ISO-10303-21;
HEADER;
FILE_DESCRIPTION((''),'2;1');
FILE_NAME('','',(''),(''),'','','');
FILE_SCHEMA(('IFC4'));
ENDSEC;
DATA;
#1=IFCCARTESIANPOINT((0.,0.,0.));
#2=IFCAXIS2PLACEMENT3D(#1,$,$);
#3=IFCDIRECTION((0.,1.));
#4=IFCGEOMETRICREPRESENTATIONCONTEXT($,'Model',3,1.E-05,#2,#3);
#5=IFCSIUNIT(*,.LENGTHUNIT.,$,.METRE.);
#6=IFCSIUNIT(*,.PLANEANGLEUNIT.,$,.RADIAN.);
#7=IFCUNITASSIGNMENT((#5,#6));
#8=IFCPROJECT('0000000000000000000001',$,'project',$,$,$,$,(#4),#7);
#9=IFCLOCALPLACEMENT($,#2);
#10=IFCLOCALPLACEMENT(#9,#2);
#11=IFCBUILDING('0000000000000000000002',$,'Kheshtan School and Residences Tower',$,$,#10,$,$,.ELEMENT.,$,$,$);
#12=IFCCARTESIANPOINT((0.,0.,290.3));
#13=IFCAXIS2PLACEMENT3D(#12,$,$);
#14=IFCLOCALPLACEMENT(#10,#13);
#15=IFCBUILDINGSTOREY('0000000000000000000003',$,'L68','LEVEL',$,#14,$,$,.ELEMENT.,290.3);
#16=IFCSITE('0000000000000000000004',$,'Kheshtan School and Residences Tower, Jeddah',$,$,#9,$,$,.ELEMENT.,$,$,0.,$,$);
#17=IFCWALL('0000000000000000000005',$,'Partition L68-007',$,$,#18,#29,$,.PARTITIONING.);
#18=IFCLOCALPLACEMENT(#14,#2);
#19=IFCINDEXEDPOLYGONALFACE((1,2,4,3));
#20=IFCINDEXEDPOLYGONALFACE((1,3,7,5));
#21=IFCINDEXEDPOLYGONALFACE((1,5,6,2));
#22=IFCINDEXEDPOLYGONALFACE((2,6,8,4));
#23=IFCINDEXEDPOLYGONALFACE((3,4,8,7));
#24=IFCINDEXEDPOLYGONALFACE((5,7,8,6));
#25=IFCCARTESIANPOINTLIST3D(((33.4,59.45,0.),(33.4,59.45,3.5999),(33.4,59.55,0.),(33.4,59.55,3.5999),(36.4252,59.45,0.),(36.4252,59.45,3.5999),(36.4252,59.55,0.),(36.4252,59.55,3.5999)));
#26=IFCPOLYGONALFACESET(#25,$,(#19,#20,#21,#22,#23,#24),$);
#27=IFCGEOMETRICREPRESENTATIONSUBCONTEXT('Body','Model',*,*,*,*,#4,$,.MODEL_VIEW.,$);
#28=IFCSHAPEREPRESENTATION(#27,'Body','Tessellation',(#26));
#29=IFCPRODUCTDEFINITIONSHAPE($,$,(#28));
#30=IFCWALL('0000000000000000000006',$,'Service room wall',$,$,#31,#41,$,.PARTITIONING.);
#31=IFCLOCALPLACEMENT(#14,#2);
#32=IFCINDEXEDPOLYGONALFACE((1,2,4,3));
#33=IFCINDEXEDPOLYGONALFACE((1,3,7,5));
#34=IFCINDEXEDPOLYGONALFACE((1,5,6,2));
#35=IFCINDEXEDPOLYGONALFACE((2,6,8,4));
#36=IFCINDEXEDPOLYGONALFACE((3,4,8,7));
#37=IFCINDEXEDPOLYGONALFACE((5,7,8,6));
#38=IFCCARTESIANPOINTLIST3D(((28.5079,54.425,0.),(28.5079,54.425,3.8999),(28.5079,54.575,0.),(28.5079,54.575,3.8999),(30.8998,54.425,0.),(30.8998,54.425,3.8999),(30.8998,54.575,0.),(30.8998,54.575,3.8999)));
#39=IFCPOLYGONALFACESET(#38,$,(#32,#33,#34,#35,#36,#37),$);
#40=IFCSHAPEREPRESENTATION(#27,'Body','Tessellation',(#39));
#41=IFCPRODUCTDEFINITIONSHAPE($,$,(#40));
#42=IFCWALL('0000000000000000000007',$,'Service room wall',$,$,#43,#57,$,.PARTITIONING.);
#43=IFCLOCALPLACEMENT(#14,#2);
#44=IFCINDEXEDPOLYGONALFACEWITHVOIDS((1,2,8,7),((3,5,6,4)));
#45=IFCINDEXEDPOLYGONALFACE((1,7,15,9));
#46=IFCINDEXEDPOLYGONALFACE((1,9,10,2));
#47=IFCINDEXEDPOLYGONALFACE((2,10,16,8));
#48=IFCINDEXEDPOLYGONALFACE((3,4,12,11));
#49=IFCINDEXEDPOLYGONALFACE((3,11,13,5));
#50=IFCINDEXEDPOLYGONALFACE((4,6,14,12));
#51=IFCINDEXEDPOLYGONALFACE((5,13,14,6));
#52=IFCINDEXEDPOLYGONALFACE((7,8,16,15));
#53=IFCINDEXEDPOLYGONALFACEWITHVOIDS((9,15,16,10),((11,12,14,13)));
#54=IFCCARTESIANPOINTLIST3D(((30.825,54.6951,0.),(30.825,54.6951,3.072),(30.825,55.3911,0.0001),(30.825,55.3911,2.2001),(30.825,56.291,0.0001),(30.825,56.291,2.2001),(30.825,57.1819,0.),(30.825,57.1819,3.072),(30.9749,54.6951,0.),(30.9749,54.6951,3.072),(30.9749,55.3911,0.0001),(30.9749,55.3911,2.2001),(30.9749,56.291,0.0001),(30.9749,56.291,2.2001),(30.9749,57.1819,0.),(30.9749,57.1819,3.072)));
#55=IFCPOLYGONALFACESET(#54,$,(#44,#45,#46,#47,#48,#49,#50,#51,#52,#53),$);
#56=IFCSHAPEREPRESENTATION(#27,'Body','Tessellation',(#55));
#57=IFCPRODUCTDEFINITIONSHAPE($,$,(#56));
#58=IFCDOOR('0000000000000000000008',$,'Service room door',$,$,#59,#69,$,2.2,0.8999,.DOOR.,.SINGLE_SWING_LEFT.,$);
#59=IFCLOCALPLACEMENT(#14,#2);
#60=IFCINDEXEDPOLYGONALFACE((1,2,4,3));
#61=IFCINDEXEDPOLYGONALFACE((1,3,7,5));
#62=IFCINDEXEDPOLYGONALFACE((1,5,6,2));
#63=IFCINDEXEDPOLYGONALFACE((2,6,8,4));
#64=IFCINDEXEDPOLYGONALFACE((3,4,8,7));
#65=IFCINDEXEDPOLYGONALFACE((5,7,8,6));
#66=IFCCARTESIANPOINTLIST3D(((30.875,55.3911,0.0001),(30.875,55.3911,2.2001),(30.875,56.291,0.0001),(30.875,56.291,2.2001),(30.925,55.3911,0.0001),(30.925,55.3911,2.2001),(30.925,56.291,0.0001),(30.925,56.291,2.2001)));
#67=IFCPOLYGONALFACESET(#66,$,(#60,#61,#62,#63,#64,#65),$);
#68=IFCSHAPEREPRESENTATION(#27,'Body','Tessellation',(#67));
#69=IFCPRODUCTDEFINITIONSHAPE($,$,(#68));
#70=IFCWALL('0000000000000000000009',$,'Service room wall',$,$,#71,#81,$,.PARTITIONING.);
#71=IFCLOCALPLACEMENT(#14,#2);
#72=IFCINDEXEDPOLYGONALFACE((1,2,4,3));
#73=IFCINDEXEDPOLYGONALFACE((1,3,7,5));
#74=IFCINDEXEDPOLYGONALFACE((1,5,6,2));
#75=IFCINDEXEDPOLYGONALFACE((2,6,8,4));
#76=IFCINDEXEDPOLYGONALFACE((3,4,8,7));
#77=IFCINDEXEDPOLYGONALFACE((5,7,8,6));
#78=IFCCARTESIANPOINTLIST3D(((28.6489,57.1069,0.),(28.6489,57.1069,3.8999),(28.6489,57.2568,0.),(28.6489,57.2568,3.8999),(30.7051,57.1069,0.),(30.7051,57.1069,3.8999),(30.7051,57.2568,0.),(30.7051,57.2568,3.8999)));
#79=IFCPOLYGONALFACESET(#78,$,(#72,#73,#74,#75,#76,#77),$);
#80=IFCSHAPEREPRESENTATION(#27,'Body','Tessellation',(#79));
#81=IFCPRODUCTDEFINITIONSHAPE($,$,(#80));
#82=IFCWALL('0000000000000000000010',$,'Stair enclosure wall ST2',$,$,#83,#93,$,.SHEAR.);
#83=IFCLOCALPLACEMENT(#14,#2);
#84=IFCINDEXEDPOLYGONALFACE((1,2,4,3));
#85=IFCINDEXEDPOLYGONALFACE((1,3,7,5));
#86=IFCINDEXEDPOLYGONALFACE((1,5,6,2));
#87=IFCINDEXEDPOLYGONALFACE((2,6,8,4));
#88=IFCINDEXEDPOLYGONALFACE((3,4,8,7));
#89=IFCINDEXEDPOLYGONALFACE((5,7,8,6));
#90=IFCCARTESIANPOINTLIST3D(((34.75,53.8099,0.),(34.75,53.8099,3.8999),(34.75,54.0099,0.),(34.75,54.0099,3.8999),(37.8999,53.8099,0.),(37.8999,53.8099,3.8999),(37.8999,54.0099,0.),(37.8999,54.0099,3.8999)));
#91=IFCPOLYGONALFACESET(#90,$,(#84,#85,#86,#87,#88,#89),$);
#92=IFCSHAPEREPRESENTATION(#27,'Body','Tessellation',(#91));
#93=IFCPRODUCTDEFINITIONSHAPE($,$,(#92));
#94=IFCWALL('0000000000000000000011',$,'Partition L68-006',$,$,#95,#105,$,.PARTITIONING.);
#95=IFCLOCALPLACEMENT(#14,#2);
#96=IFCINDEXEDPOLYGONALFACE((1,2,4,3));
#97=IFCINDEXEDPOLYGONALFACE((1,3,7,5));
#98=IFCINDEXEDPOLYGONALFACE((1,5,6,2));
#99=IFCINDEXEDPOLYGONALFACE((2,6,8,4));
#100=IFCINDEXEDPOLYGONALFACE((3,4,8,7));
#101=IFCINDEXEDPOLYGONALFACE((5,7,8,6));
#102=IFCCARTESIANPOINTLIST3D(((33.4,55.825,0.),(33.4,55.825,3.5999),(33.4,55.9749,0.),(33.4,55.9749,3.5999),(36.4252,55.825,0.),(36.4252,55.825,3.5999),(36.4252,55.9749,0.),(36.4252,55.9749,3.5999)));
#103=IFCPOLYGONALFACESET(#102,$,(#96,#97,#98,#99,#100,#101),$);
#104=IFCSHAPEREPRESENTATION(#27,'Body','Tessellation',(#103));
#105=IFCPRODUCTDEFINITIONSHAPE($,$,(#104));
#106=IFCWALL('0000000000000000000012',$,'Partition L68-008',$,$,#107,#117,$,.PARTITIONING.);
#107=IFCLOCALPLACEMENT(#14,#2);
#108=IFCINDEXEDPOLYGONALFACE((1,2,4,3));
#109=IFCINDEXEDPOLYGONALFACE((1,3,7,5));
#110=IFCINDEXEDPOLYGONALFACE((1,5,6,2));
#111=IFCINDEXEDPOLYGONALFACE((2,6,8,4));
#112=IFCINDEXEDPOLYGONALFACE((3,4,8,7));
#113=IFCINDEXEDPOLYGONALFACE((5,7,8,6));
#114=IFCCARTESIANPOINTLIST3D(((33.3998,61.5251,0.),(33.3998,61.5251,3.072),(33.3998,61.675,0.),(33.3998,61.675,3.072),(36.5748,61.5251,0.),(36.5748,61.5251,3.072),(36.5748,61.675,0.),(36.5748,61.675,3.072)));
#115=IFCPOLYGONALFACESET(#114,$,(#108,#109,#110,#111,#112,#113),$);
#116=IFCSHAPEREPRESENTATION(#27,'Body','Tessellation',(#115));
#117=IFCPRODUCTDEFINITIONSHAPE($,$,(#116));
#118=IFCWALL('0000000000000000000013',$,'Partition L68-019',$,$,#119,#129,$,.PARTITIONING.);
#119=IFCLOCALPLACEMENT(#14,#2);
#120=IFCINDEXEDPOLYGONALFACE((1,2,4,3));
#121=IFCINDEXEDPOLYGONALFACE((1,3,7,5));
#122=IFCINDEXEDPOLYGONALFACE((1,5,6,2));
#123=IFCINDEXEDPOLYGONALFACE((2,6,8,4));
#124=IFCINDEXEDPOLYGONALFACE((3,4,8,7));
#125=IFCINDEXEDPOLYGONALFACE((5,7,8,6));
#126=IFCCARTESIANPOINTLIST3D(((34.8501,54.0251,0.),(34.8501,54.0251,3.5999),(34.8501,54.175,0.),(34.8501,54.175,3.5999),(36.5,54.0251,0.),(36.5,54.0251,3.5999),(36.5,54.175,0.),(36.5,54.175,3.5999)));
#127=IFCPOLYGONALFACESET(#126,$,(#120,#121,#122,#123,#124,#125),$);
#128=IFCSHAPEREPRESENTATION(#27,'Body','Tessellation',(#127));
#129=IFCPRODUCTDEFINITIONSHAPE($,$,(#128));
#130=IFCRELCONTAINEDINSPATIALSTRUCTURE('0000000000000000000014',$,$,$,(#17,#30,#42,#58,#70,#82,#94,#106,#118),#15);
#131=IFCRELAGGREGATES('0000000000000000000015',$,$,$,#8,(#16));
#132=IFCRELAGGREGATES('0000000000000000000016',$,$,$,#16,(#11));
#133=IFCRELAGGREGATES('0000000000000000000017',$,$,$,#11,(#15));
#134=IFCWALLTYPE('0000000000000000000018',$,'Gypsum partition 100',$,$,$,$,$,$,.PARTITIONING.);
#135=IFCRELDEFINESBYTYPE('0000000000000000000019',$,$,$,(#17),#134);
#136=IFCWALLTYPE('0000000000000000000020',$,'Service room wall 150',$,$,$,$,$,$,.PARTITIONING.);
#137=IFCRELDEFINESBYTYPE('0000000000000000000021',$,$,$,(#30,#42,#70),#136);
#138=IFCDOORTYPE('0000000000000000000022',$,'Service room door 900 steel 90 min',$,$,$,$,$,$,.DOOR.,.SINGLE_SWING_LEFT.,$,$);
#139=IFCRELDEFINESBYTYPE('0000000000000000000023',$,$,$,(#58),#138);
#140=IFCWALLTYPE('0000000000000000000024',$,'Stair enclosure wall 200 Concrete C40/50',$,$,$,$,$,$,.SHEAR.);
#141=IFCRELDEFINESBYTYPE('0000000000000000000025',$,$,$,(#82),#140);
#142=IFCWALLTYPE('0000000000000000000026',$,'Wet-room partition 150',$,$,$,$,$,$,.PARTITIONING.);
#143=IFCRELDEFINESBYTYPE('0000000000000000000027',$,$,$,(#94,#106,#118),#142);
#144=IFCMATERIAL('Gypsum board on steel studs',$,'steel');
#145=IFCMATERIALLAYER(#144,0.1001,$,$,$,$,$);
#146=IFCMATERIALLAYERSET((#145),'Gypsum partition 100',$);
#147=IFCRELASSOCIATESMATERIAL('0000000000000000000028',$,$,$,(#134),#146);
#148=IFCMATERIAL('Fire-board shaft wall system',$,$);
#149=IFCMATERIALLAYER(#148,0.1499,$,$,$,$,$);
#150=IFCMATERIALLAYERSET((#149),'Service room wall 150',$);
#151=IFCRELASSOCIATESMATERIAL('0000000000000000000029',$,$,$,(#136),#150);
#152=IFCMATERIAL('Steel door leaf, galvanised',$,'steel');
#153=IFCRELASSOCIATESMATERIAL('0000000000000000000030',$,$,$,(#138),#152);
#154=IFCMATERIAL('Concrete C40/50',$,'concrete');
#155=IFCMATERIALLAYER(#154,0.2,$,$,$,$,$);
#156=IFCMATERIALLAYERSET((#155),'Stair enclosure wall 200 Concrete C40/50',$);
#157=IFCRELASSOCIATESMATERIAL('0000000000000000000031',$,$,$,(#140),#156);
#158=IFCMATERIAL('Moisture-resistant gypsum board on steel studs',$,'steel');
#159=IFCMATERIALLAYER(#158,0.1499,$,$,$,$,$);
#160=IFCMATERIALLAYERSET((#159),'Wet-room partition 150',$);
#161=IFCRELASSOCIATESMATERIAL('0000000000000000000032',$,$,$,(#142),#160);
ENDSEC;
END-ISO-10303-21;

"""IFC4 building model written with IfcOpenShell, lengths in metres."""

from ifc_helpers import new_model, si_unit, direction, frame, frame_2d, origin, place, context, subcontext, project, spatial, rectangle, extrude, source, transform, mapped, material, layer, layer_set, type_object, element, fill, save


model = new_model("IFC4")

# Units and contexts
model_context = context("Model", 3, precision=1e-05, world=origin(), true_north=direction((0.0, 1.0)))
body_context = subcontext(model_context, "Body", "Model", "MODEL_VIEW")
ifc_project = project(units=[si_unit("LENGTHUNIT", "METRE"), si_unit("PLANEANGLEUNIT", "RADIAN")], contexts=[model_context])

# Site, building, storey
site_placement = place(None, origin())
site = spatial("IfcSite", under=ifc_project, at=site_placement, Name="Kheshtan School and Residences Tower, Jeddah", CompositionType="ELEMENT", RefElevation=0.0)
building_placement = place(site_placement, origin())
building = spatial("IfcBuilding", under=site, at=building_placement, Name="Kheshtan School and Residences Tower", CompositionType="ELEMENT")
storey_placement = place(building_placement, frame((0.0, 0.0, 290.3)))
storey = spatial("IfcBuildingStorey", under=building, at=storey_placement, Name="L68", Description="LEVEL", CompositionType="ELEMENT", Elevation=290.3)

# Walls
ifc_material_1 = material(Name="Gypsum board on steel studs", Category="steel")
ifc_layer_1 = layer(ifc_material_1, 0.1001)
ifc_layer_set_1 = layer_set([ifc_layer_1], Name="Gypsum partition 100")
wall_type_1 = type_object("IfcWallType", Name="Gypsum partition 100", PredefinedType="PARTITIONING", material=ifc_layer_set_1)
wall_1_placement = place(storey_placement, frame((33.3999, 59.5, 0.0), z_axis=(0.0, 0.0, 1.0), x_axis=(1.0, 0.0, 0.0)))
element("IfcWall", 1, at=wall_1_placement, inside=storey, type_object=wall_type_1, Name="Partition L68-007", PredefinedType="PARTITIONING", context=body_context, shape_type="SweptSolid", body=[
    extrude(rectangle(XDim=3.0251, YDim=0.1001, at=frame_2d((1.5127, 0.0))), origin(), (0.0, 0.0, 1.0), 3.5999),
])
ifc_material_2 = material(Name="Fire-board shaft wall system")
ifc_layer_2 = layer(ifc_material_2, 0.1499)
ifc_layer_set_2 = layer_set([ifc_layer_2], Name="Service room wall 150")
wall_type_2 = type_object("IfcWallType", Name="Service room wall 150", PredefinedType="PARTITIONING", material=ifc_layer_set_2)
wall_2_placement = place(storey_placement, frame((28.5081, 54.5, 0.0), z_axis=(0.0, 0.0, 1.0), x_axis=(1.0, 0.0, 0.0)))
element("IfcWall", 2, at=wall_2_placement, inside=storey, type_object=wall_type_2, Name="Service room wall", PredefinedType="PARTITIONING", context=body_context, shape_type="SweptSolid", body=[
    extrude(rectangle(XDim=2.3918, YDim=0.1499, at=frame_2d((1.1958, 0.0))), origin(), (0.0, 0.0, 1.0), 3.8999),
])

# Wall, opening, door
wall_3_placement = place(storey_placement, frame((30.8999, 54.6951, 0.0), z_axis=(0.0, 0.0, 1.0), x_axis=(0.0, 1.0, 0.0)))
wall_3 = element("IfcWall", 3, at=wall_3_placement, inside=storey, type_object=wall_type_2, Name="Service room wall", PredefinedType="PARTITIONING", context=body_context, shape_type="SweptSolid", body=[
    extrude(rectangle(XDim=2.4868, YDim=0.1499, at=frame_2d((1.2434, 0.0))), origin(), (0.0, 0.0, 1.0), 3.072),
])
opening_1_placement = place(wall_3_placement, frame((0.696, 0.0, 0.0)))
opening_1 = element("IfcOpeningElement", 4, at=opening_1_placement, cuts=wall_3, PredefinedType="OPENING", context=body_context, shape_type="SweptSolid", body=[
    extrude(rectangle(XDim=0.8999, YDim=2.2, at=frame_2d((0.45, 1.1001))), frame((0.0, 0.085, 0.0), z_axis=(0.0, -1.0, 0.0), x_axis=(1.0, 0.0, 0.0)), (0.0, 0.0, 1.0), 0.1699),
])
ifc_material_3 = material(Name="Steel door leaf, galvanised", Category="steel")
door_type_1 = type_object("IfcDoorType", Name="Service room door 900 steel 90 min", OperationType="SINGLE_SWING_LEFT", PredefinedType="DOOR", material=ifc_material_3)
shared_shape_1 = source(origin(), body_context, "Body", "SweptSolid", [
    extrude(rectangle(XDim=0.8999, YDim=2.2, at=frame_2d((0.45, 1.1001))), frame((0.0, 0.0249, 0.0), z_axis=(0.0, -1.0, 0.0), x_axis=(1.0, 0.0, 0.0)), (0.0, 0.0, 1.0), 0.05),
])
door_1_placement = place(opening_1_placement, origin())
door_1 = element("IfcDoor", 5, at=door_1_placement, inside=storey, type_object=door_type_1, Name="Service room door", OperationType="SINGLE_SWING_LEFT", OverallHeight=2.2, OverallWidth=0.8999, PredefinedType="DOOR", context=body_context, shape_type="MappedRepresentation", body=[
    mapped(shared_shape_1, transform((0.0, 0.0, 0.0), x_axis=(1.0, 0.0, 0.0), y_axis=(0.0, 1.0, 0.0), z_axis=(0.0, 0.0, 1.0), scale=1.0)),
])
fill(opening_1, door_1)

# Walls
wall_4_placement = place(storey_placement, frame((28.6489, 57.1819, 0.0), z_axis=(0.0, 0.0, 1.0), x_axis=(1.0, 0.0, 0.0)))
element("IfcWall", 6, at=wall_4_placement, inside=storey, type_object=wall_type_2, Name="Service room wall", PredefinedType="PARTITIONING", context=body_context, shape_type="SweptSolid", body=[
    extrude(rectangle(XDim=2.0562, YDim=0.1499, at=frame_2d((1.0281, 0.0))), origin(), (0.0, 0.0, 1.0), 3.8999),
])
ifc_material_4 = material(Name="Concrete C40/50", Category="concrete")
ifc_layer_3 = layer(ifc_material_4, 0.2)
ifc_layer_set_3 = layer_set([ifc_layer_3], Name="Stair enclosure wall 200 Concrete C40/50")
wall_type_3 = type_object("IfcWallType", Name="Stair enclosure wall 200 Concrete C40/50", PredefinedType="SHEAR", material=ifc_layer_set_3)
wall_5_placement = place(storey_placement, frame((34.75, 53.9099, 0.0), z_axis=(0.0, 0.0, 1.0), x_axis=(1.0, 0.0, 0.0)))
element("IfcWall", 7, at=wall_5_placement, inside=storey, type_object=wall_type_3, Name="Stair enclosure wall ST2", PredefinedType="SHEAR", context=body_context, shape_type="SweptSolid", body=[
    extrude(rectangle(XDim=3.1499, YDim=0.2, at=frame_2d((1.575, 0.0))), origin(), (0.0, 0.0, 1.0), 3.8999),
])
ifc_material_5 = material(Name="Moisture-resistant gypsum board on steel studs", Category="steel")
ifc_layer_4 = layer(ifc_material_5, 0.1499)
ifc_layer_set_4 = layer_set([ifc_layer_4], Name="Wet-room partition 150")
wall_type_4 = type_object("IfcWallType", Name="Wet-room partition 150", PredefinedType="PARTITIONING", material=ifc_layer_set_4)
wall_6_placement = place(storey_placement, frame((33.3999, 55.8999, 0.0), z_axis=(0.0, 0.0, 1.0), x_axis=(1.0, 0.0, 0.0)))
element("IfcWall", 8, at=wall_6_placement, inside=storey, type_object=wall_type_4, Name="Partition L68-006", PredefinedType="PARTITIONING", context=body_context, shape_type="SweptSolid", body=[
    extrude(rectangle(XDim=3.0251, YDim=0.1499, at=frame_2d((1.5127, 0.0))), origin(), (0.0, 0.0, 1.0), 3.5999),
])
wall_7_placement = place(storey_placement, frame((33.3999, 61.6001, 0.0), z_axis=(0.0, 0.0, 1.0), x_axis=(1.0, 0.0, 0.0)))
element("IfcWall", 9, at=wall_7_placement, inside=storey, type_object=wall_type_4, Name="Partition L68-008", PredefinedType="PARTITIONING", context=body_context, shape_type="SweptSolid", body=[
    extrude(rectangle(XDim=3.175, YDim=0.1499, at=frame_2d((1.5874, 0.0))), origin(), (0.0, 0.0, 1.0), 3.072),
])
wall_8_placement = place(storey_placement, frame((34.8501, 54.1001, 0.0), z_axis=(0.0, 0.0, 1.0), x_axis=(1.0, 0.0, 0.0)))
element("IfcWall", 10, at=wall_8_placement, inside=storey, type_object=wall_type_4, Name="Partition L68-019", PredefinedType="PARTITIONING", context=body_context, shape_type="SweptSolid", body=[
    extrude(rectangle(XDim=1.6499, YDim=0.1499, at=frame_2d((0.825, 0.0))), origin(), (0.0, 0.0, 1.0), 3.5999),
])

save(model, "model.ifc")
